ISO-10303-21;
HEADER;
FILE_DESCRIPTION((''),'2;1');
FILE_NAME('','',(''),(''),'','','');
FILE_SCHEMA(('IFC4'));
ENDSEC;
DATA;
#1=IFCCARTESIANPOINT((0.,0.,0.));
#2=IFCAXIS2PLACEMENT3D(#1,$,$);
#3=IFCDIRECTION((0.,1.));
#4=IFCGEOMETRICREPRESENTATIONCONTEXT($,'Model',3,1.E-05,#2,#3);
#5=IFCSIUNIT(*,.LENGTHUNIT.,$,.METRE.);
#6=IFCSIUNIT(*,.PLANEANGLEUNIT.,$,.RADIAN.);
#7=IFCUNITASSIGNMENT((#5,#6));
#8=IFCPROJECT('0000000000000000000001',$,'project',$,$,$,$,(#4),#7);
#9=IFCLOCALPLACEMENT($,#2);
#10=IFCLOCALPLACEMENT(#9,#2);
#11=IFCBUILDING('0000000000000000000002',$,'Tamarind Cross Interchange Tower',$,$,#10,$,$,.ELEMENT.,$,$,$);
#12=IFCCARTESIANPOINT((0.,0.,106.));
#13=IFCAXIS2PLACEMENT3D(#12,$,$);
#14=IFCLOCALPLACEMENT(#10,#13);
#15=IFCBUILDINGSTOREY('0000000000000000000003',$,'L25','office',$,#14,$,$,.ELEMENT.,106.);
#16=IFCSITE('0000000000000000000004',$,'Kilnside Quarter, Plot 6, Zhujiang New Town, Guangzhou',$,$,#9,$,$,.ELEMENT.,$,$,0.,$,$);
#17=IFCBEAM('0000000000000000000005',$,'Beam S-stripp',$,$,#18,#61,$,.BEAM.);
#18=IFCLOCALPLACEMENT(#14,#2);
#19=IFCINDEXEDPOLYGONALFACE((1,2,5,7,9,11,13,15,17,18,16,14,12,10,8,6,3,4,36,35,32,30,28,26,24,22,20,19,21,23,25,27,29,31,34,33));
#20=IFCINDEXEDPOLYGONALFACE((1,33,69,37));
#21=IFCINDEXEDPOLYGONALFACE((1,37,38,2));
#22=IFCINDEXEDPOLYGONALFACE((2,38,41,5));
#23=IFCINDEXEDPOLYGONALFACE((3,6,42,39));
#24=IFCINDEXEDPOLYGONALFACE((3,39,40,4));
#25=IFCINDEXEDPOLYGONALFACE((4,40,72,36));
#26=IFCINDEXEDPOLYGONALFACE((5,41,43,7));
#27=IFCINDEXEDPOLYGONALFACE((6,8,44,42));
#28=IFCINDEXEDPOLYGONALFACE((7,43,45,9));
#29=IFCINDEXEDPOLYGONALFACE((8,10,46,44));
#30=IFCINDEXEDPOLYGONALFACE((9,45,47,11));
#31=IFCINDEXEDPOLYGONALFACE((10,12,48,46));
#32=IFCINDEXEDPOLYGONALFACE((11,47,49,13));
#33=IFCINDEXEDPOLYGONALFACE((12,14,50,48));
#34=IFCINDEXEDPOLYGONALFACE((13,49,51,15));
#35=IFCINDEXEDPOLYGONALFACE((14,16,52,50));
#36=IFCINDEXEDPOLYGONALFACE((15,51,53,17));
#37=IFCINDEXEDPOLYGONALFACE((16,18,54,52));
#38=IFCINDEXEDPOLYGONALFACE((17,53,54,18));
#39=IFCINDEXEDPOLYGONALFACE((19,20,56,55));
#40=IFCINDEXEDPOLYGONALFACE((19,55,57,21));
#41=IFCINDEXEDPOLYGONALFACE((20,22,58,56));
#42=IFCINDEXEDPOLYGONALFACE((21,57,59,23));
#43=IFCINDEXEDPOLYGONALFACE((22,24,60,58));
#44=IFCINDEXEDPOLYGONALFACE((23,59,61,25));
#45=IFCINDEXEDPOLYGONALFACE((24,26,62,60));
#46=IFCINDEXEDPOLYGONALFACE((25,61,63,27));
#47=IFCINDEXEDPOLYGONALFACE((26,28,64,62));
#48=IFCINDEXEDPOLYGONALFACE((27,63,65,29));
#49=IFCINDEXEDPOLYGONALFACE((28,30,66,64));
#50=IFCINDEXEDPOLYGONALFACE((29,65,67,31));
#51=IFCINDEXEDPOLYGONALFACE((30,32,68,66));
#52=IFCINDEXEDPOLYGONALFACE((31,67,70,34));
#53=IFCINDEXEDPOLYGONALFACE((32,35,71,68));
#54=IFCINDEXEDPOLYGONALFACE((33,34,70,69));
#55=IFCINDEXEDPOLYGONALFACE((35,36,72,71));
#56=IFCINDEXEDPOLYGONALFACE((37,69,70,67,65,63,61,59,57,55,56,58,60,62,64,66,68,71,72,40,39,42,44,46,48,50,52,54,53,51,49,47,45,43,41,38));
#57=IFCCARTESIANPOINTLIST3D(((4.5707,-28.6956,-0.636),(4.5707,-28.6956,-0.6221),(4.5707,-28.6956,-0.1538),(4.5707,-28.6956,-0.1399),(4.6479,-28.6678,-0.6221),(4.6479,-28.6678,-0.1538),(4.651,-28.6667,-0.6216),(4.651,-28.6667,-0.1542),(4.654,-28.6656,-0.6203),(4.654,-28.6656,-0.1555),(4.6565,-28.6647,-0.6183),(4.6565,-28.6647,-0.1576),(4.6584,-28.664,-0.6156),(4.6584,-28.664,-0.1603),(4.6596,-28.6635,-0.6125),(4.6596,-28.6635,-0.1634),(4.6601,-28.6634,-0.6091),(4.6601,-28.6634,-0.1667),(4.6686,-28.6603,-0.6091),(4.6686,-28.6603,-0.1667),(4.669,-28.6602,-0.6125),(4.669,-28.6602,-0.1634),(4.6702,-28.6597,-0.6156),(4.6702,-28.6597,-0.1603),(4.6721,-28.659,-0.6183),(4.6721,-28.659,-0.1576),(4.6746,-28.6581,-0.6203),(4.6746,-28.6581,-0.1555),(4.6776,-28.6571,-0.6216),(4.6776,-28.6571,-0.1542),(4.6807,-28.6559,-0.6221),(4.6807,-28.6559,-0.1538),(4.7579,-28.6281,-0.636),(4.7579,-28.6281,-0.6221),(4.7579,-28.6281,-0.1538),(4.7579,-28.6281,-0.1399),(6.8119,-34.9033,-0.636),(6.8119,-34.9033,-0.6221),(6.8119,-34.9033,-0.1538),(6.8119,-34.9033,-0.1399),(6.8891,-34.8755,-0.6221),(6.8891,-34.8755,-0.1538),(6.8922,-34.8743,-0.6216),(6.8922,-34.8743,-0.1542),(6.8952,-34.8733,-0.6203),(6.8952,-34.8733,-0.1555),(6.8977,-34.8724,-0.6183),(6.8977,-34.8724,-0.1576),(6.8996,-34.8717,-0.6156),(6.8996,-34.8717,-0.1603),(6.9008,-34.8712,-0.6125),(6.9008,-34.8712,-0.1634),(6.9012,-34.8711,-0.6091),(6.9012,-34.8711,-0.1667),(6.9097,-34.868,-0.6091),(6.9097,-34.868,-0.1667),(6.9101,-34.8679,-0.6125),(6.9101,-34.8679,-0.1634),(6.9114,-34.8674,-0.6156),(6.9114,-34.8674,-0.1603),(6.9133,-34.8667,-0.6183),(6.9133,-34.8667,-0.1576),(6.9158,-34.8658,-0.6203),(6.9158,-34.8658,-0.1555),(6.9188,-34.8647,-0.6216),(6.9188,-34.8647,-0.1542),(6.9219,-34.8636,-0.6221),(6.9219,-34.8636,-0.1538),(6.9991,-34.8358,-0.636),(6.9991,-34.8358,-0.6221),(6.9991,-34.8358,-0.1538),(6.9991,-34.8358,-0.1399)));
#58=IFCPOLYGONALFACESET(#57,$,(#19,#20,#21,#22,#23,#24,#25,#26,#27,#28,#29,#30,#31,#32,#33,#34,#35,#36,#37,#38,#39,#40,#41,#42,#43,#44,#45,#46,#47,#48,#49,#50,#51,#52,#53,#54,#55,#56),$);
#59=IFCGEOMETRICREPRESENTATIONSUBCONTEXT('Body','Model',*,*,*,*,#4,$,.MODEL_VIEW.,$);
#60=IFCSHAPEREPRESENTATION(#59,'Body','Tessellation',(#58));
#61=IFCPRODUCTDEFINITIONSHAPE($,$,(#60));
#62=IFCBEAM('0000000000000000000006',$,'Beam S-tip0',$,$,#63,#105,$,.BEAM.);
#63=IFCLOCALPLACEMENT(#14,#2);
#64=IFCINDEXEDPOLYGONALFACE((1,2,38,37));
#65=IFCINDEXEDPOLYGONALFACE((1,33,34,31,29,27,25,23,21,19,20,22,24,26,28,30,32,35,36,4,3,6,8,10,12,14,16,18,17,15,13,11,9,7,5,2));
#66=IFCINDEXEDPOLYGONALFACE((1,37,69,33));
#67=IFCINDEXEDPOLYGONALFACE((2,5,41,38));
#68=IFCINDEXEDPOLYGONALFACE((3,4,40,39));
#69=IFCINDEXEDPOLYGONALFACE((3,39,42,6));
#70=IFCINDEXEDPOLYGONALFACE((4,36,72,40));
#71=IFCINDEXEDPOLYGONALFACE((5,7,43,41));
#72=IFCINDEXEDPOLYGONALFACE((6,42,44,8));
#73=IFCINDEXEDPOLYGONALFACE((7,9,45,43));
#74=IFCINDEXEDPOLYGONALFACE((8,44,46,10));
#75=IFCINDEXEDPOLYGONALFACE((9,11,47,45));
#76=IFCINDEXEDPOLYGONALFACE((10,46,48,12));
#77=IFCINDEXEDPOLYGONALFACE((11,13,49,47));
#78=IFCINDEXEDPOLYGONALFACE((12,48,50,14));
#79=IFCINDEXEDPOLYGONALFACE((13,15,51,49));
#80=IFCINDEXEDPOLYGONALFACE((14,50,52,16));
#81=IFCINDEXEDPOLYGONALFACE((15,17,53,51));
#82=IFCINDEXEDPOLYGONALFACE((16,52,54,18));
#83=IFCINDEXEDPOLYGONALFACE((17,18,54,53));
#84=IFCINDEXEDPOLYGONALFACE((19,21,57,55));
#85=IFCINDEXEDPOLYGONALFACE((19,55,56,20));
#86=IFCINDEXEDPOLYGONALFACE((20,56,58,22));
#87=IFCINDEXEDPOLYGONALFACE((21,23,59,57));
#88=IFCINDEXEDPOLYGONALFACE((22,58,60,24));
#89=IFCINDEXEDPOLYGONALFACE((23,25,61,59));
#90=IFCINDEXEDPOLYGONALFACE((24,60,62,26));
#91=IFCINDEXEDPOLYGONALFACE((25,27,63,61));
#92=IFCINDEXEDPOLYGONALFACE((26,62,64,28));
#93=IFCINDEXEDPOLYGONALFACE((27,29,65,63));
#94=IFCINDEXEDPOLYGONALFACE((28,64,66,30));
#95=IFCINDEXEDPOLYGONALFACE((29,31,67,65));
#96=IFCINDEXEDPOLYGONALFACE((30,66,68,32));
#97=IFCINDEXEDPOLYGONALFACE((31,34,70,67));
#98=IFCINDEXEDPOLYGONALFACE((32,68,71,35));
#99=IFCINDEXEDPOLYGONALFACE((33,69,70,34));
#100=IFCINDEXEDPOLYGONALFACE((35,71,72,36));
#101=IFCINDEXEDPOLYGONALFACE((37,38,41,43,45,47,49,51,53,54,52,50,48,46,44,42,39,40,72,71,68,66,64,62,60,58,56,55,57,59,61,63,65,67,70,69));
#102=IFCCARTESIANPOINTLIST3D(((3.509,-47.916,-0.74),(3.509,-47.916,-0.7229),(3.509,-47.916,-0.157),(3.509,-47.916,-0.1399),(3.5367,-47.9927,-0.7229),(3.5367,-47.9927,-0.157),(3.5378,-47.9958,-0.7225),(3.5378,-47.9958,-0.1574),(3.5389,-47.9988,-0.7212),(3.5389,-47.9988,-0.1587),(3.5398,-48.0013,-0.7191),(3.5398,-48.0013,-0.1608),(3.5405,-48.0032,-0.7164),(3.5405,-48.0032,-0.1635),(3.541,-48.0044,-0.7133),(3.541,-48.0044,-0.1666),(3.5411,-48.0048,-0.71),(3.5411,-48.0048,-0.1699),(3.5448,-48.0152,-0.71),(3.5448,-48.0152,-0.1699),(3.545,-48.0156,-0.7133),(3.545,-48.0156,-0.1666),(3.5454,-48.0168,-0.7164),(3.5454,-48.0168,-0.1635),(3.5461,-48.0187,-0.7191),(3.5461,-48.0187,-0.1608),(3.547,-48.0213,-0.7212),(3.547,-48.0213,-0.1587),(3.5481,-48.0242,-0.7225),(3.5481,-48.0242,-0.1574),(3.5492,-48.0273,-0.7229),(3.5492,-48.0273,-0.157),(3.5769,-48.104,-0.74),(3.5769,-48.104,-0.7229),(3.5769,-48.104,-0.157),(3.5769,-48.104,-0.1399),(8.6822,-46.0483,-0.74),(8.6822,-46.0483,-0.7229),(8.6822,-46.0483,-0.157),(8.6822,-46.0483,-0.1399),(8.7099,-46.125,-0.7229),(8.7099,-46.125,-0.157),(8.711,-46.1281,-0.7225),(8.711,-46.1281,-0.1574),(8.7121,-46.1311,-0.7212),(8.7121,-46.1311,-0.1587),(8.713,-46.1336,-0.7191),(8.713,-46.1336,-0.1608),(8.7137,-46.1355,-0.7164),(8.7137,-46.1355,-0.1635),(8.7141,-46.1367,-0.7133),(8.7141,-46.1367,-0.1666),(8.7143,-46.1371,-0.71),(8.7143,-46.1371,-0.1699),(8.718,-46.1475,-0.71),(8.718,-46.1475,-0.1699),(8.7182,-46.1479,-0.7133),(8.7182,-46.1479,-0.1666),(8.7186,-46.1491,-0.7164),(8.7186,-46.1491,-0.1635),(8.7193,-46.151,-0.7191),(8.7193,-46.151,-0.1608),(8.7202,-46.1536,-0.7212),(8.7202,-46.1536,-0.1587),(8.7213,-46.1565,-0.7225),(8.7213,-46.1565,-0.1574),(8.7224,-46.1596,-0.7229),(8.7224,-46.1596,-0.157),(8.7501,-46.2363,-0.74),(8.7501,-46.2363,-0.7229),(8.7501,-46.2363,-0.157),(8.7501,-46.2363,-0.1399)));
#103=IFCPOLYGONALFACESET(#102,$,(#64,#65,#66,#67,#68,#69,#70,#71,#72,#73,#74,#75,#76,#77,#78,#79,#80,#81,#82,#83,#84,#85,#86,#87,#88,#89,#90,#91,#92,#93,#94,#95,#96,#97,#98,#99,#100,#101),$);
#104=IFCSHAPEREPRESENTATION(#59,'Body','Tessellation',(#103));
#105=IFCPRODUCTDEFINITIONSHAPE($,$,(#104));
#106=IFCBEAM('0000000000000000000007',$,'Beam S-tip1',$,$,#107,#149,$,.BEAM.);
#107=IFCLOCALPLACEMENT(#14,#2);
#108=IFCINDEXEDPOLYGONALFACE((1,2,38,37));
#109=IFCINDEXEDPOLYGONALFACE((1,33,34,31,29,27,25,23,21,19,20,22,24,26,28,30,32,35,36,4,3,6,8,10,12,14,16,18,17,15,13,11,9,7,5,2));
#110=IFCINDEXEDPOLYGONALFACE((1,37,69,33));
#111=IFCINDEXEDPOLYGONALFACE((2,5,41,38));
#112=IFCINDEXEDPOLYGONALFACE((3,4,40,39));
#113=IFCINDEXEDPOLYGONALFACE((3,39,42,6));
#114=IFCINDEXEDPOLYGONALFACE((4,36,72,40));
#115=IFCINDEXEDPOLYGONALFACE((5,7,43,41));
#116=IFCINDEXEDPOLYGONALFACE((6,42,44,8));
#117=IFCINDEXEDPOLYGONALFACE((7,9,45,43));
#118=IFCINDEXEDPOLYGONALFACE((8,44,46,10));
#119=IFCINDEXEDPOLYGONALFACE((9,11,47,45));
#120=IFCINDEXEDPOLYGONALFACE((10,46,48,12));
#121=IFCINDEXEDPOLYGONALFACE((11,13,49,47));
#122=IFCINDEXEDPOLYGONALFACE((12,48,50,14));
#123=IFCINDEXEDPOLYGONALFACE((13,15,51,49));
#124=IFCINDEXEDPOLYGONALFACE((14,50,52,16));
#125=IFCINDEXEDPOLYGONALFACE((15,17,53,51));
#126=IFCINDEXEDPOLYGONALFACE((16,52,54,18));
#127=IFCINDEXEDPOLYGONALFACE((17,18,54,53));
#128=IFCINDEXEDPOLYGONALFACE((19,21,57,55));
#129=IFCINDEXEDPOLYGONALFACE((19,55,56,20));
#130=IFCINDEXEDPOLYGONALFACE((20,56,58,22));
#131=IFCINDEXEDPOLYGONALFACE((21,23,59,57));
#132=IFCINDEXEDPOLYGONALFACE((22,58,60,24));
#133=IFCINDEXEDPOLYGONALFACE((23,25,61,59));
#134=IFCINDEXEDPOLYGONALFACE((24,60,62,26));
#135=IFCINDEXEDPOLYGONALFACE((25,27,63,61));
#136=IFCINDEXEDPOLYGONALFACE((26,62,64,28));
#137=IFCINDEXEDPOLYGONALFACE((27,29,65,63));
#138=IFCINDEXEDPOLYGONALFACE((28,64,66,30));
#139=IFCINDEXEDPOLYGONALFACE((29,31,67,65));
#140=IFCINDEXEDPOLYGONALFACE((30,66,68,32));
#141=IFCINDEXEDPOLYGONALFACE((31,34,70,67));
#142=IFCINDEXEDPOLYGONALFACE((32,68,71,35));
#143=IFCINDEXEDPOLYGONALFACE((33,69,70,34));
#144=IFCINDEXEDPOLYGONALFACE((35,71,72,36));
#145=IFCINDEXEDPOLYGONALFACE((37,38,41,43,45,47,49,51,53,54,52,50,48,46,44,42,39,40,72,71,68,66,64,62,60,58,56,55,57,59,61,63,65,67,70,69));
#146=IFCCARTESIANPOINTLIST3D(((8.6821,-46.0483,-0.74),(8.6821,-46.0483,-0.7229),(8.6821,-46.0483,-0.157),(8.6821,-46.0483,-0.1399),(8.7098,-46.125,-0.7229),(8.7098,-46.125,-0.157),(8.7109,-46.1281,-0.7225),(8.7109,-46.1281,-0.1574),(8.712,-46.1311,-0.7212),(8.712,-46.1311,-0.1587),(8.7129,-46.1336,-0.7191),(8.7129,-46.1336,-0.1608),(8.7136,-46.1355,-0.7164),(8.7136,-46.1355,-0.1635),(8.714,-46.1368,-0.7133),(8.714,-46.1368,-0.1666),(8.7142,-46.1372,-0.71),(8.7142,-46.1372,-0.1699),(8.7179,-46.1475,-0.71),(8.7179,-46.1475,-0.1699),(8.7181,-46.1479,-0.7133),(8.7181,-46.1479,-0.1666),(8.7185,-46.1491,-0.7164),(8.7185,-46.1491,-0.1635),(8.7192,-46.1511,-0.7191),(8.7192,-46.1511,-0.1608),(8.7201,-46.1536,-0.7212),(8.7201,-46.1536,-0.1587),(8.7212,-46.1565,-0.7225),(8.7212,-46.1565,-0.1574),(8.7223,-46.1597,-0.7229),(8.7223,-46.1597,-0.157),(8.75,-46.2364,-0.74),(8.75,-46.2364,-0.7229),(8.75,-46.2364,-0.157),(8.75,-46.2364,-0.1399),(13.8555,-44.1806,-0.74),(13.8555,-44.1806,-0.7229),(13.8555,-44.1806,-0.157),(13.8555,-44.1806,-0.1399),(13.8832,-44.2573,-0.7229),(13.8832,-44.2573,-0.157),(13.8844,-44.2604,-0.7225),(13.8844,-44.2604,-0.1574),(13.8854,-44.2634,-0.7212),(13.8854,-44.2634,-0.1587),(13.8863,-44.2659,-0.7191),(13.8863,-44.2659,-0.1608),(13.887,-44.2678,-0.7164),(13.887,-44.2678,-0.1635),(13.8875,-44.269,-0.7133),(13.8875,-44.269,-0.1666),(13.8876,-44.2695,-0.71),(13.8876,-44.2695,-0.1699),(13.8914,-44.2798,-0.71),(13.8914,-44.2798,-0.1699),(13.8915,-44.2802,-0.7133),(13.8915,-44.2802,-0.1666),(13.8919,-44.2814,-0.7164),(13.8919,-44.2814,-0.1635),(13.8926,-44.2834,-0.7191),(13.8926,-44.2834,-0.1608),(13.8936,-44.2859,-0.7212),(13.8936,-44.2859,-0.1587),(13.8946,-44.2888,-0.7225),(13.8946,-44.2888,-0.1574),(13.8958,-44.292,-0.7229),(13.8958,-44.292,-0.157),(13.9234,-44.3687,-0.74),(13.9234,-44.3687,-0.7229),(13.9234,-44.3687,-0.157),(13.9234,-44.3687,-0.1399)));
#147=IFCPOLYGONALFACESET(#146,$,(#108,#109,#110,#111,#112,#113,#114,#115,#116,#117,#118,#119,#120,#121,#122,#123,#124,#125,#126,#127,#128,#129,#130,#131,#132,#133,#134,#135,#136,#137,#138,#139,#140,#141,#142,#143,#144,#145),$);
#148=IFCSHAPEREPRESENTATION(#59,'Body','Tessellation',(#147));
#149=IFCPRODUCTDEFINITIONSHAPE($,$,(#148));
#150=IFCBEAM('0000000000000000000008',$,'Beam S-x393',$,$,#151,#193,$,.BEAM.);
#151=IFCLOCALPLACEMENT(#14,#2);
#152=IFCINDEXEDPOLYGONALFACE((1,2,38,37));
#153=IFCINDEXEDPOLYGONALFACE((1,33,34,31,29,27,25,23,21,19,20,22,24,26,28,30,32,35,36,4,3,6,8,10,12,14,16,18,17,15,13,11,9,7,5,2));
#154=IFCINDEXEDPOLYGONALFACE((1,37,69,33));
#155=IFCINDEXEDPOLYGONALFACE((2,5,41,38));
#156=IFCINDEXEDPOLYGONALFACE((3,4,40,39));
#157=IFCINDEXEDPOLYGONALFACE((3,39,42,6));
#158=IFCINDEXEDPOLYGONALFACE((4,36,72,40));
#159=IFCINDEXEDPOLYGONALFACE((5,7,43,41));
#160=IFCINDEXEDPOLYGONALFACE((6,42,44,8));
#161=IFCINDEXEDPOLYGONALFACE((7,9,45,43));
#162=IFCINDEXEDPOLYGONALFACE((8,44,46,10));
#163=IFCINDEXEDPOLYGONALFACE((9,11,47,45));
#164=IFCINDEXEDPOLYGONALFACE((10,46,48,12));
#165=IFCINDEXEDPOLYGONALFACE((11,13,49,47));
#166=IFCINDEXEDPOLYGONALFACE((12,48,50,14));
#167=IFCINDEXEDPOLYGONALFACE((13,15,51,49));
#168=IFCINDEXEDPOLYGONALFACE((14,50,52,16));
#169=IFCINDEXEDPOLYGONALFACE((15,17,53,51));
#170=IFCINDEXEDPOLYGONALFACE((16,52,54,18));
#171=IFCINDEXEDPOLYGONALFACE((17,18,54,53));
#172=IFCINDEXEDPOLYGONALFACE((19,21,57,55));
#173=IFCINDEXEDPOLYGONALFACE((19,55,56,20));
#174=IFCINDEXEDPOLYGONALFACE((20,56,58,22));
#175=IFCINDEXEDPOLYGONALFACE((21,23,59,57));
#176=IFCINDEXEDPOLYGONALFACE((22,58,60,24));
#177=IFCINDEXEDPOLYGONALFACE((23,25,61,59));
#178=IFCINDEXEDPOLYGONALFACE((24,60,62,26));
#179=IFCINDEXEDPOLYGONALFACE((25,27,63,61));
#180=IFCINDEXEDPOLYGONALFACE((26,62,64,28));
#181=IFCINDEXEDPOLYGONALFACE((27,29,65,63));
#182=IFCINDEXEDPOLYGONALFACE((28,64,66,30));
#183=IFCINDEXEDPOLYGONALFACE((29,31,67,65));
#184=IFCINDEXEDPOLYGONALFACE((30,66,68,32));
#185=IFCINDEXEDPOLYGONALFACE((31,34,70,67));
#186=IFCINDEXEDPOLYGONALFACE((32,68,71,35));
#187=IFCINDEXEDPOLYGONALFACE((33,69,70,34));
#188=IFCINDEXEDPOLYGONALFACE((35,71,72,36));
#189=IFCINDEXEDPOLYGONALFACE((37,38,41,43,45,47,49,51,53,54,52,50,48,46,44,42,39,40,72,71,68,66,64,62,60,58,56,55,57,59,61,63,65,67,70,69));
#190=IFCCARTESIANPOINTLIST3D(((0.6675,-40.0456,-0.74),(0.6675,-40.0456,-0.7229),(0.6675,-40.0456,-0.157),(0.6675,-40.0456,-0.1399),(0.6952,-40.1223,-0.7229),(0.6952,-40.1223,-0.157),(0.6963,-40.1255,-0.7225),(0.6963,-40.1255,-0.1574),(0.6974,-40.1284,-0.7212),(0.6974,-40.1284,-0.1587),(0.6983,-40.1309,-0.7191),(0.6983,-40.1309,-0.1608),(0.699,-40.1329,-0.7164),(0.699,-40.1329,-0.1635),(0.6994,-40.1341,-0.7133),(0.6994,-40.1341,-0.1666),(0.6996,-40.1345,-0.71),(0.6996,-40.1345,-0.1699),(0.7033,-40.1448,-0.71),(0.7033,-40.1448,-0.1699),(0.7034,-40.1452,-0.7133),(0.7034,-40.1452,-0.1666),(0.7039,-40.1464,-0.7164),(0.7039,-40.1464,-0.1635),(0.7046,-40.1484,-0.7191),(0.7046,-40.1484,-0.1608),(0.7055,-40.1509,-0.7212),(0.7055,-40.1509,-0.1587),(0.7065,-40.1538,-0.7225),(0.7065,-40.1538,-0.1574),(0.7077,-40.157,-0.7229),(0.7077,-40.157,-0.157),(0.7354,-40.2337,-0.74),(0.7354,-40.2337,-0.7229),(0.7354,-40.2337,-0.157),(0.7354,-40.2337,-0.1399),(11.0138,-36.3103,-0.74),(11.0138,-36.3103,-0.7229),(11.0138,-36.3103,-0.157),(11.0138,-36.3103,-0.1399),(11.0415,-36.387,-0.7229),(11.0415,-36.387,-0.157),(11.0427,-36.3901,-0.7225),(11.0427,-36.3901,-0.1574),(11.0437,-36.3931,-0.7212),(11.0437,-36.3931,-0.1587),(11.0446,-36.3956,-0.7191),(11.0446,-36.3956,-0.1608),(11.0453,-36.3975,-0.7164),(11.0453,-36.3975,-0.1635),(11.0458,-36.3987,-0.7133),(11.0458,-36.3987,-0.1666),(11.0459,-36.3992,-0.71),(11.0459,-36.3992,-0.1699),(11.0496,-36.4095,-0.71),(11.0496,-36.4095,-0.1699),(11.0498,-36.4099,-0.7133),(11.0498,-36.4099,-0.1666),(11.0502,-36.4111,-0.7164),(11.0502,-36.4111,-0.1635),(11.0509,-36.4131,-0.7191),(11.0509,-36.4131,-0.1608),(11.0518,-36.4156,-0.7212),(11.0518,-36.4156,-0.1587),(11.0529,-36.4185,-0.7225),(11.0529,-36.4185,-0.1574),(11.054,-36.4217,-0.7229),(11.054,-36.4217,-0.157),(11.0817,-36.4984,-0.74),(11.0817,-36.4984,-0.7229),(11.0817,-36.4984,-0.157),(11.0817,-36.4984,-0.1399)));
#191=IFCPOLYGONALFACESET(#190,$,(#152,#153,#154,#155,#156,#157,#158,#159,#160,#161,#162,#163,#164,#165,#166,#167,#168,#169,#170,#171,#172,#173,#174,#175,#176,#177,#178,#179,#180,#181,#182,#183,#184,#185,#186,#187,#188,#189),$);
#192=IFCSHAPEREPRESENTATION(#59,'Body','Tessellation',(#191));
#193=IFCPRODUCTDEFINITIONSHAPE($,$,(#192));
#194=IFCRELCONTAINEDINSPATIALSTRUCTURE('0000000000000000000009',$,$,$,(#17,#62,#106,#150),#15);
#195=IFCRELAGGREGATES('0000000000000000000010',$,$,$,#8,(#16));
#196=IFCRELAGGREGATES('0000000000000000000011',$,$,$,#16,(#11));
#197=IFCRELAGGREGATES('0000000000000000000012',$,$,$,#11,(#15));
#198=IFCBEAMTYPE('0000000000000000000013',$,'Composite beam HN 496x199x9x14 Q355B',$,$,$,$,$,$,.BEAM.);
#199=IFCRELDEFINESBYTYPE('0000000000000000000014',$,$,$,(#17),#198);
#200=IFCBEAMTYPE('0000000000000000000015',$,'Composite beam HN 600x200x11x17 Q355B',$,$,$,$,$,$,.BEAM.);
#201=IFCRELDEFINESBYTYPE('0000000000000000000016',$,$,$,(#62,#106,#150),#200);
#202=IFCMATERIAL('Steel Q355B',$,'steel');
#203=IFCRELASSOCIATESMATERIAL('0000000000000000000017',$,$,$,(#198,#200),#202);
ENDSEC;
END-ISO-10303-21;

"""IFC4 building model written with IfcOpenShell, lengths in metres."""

from ifc_helpers import new_model, si_unit, direction, frame, origin, origin_2d, place, context, subcontext, project, spatial, i_section, extrude, material, material_profile, profile_set, type_object, element, save


model = new_model("IFC4")

# Units and contexts
model_context = context("Model", 3, precision=1e-05, world=origin(), true_north=direction((0.0, 1.0)))
body_context = subcontext(model_context, "Body", "Model", "MODEL_VIEW")
ifc_project = project(units=[si_unit("LENGTHUNIT", "METRE"), si_unit("PLANEANGLEUNIT", "RADIAN")], contexts=[model_context])

# Site, building, storey
site_placement = place(None, origin())
site = spatial("IfcSite", under=ifc_project, at=site_placement, Name="Kilnside Quarter, Plot 6, Zhujiang New Town, Guangzhou", CompositionType="ELEMENT", RefElevation=0.0)
building_placement = place(site_placement, origin())
building = spatial("IfcBuilding", under=site, at=building_placement, Name="Tamarind Cross Interchange Tower", CompositionType="ELEMENT")
storey_placement = place(building_placement, frame((0.0, 0.0, 106.0)))
storey = spatial("IfcBuildingStorey", under=building, at=storey_placement, Name="L25", Description="office", CompositionType="ELEMENT", Elevation=106.0)

# Beams
ifc_material_1 = material(Name="Steel Q355B", Category="steel")
ifc_material_profile_1 = material_profile(ifc_material_1, i_section(OverallWidth=0.199, OverallDepth=0.4961, WebThickness=0.009, FlangeThickness=0.0139, FilletRadius=0.0129, at=origin_2d()), Name="HN 496x199x9x14")
ifc_profile_set_1 = profile_set([ifc_material_profile_1], Name="Steel Q355B")
beam_type_1 = type_object("IfcBeamType", Name="Composite beam HN 496x199x9x14 Q355B", PredefinedType="BEAM", material=ifc_profile_set_1)
for number, where, z_axis, x_axis, name in (
    (1, (4.6643, -28.6619, -0.3879), (0.33958, -0.940577, 0.0), (0.940577, 0.33958, 0.0), "Beam S-stripp"),
):
    element("IfcBeam", number, at=place(storey_placement, frame(where, z_axis=z_axis, x_axis=x_axis)), inside=storey, type_object=beam_type_1, Name=name, PredefinedType="BEAM", context=body_context, shape_type="SweptSolid", body=[
        extrude(i_section(OverallWidth=0.199, OverallDepth=0.4961, WebThickness=0.009, FlangeThickness=0.0139, FilletRadius=0.0129, at=origin_2d()), origin(), (0.0, 0.0, 1.0), 6.5999),
    ])
ifc_material_profile_2 = material_profile(ifc_material_1, i_section(OverallWidth=0.2, OverallDepth=0.6001, WebThickness=0.011, FlangeThickness=0.0171, FilletRadius=0.0129, at=origin_2d()), Name="HN 600x200x11x17")
ifc_profile_set_2 = profile_set([ifc_material_profile_2], Name="Steel Q355B")
beam_type_2 = type_object("IfcBeamType", Name="Composite beam HN 600x200x11x17 Q355B", PredefinedType="BEAM", material=ifc_profile_set_2)
beam_1_placement = place(storey_placement, frame((3.543, -48.01, -0.4399), z_axis=(0.940576, 0.339582, 0.0), x_axis=(-0.339582, 0.940576, 0.0)))
element("IfcBeam", 2, at=beam_1_placement, inside=storey, type_object=beam_type_2, Name="Beam S-tip0", PredefinedType="BEAM", context=body_context, shape_type="SweptSolid", body=[
    extrude(i_section(OverallWidth=0.2, OverallDepth=0.6001, WebThickness=0.011, FlangeThickness=0.0171, FilletRadius=0.0129, at=origin_2d()), origin(), (0.0, 0.0, 1.0), 5.5),
])
beam_2_placement = place(storey_placement, frame((8.7161, -46.1423, -0.4399), z_axis=(0.940581, 0.339568, 0.0), x_axis=(-0.339568, 0.940581, 0.0)))
element("IfcBeam", 3, at=beam_2_placement, inside=storey, type_object=beam_type_2, Name="Beam S-tip1", PredefinedType="BEAM", context=body_context, shape_type="SweptSolid", body=[
    extrude(i_section(OverallWidth=0.2, OverallDepth=0.6001, WebThickness=0.011, FlangeThickness=0.0171, FilletRadius=0.0129, at=origin_2d()), origin(), (0.0, 0.0, 1.0), 5.5002),
])
beam_3_placement = place(storey_placement, frame((0.7014, -40.1396, -0.4399), z_axis=(0.940579, 0.339575, 0.0), x_axis=(-0.339575, 0.940579, 0.0)))
element("IfcBeam", 4, at=beam_3_placement, inside=storey, type_object=beam_type_2, Name="Beam S-x393", PredefinedType="BEAM", context=body_context, shape_type="SweptSolid", body=[
    extrude(i_section(OverallWidth=0.2, OverallDepth=0.6001, WebThickness=0.011, FlangeThickness=0.0171, FilletRadius=0.0129, at=origin_2d()), origin(), (0.0, 0.0, 1.0), 11.0),
])

save(model, "model.ifc")
